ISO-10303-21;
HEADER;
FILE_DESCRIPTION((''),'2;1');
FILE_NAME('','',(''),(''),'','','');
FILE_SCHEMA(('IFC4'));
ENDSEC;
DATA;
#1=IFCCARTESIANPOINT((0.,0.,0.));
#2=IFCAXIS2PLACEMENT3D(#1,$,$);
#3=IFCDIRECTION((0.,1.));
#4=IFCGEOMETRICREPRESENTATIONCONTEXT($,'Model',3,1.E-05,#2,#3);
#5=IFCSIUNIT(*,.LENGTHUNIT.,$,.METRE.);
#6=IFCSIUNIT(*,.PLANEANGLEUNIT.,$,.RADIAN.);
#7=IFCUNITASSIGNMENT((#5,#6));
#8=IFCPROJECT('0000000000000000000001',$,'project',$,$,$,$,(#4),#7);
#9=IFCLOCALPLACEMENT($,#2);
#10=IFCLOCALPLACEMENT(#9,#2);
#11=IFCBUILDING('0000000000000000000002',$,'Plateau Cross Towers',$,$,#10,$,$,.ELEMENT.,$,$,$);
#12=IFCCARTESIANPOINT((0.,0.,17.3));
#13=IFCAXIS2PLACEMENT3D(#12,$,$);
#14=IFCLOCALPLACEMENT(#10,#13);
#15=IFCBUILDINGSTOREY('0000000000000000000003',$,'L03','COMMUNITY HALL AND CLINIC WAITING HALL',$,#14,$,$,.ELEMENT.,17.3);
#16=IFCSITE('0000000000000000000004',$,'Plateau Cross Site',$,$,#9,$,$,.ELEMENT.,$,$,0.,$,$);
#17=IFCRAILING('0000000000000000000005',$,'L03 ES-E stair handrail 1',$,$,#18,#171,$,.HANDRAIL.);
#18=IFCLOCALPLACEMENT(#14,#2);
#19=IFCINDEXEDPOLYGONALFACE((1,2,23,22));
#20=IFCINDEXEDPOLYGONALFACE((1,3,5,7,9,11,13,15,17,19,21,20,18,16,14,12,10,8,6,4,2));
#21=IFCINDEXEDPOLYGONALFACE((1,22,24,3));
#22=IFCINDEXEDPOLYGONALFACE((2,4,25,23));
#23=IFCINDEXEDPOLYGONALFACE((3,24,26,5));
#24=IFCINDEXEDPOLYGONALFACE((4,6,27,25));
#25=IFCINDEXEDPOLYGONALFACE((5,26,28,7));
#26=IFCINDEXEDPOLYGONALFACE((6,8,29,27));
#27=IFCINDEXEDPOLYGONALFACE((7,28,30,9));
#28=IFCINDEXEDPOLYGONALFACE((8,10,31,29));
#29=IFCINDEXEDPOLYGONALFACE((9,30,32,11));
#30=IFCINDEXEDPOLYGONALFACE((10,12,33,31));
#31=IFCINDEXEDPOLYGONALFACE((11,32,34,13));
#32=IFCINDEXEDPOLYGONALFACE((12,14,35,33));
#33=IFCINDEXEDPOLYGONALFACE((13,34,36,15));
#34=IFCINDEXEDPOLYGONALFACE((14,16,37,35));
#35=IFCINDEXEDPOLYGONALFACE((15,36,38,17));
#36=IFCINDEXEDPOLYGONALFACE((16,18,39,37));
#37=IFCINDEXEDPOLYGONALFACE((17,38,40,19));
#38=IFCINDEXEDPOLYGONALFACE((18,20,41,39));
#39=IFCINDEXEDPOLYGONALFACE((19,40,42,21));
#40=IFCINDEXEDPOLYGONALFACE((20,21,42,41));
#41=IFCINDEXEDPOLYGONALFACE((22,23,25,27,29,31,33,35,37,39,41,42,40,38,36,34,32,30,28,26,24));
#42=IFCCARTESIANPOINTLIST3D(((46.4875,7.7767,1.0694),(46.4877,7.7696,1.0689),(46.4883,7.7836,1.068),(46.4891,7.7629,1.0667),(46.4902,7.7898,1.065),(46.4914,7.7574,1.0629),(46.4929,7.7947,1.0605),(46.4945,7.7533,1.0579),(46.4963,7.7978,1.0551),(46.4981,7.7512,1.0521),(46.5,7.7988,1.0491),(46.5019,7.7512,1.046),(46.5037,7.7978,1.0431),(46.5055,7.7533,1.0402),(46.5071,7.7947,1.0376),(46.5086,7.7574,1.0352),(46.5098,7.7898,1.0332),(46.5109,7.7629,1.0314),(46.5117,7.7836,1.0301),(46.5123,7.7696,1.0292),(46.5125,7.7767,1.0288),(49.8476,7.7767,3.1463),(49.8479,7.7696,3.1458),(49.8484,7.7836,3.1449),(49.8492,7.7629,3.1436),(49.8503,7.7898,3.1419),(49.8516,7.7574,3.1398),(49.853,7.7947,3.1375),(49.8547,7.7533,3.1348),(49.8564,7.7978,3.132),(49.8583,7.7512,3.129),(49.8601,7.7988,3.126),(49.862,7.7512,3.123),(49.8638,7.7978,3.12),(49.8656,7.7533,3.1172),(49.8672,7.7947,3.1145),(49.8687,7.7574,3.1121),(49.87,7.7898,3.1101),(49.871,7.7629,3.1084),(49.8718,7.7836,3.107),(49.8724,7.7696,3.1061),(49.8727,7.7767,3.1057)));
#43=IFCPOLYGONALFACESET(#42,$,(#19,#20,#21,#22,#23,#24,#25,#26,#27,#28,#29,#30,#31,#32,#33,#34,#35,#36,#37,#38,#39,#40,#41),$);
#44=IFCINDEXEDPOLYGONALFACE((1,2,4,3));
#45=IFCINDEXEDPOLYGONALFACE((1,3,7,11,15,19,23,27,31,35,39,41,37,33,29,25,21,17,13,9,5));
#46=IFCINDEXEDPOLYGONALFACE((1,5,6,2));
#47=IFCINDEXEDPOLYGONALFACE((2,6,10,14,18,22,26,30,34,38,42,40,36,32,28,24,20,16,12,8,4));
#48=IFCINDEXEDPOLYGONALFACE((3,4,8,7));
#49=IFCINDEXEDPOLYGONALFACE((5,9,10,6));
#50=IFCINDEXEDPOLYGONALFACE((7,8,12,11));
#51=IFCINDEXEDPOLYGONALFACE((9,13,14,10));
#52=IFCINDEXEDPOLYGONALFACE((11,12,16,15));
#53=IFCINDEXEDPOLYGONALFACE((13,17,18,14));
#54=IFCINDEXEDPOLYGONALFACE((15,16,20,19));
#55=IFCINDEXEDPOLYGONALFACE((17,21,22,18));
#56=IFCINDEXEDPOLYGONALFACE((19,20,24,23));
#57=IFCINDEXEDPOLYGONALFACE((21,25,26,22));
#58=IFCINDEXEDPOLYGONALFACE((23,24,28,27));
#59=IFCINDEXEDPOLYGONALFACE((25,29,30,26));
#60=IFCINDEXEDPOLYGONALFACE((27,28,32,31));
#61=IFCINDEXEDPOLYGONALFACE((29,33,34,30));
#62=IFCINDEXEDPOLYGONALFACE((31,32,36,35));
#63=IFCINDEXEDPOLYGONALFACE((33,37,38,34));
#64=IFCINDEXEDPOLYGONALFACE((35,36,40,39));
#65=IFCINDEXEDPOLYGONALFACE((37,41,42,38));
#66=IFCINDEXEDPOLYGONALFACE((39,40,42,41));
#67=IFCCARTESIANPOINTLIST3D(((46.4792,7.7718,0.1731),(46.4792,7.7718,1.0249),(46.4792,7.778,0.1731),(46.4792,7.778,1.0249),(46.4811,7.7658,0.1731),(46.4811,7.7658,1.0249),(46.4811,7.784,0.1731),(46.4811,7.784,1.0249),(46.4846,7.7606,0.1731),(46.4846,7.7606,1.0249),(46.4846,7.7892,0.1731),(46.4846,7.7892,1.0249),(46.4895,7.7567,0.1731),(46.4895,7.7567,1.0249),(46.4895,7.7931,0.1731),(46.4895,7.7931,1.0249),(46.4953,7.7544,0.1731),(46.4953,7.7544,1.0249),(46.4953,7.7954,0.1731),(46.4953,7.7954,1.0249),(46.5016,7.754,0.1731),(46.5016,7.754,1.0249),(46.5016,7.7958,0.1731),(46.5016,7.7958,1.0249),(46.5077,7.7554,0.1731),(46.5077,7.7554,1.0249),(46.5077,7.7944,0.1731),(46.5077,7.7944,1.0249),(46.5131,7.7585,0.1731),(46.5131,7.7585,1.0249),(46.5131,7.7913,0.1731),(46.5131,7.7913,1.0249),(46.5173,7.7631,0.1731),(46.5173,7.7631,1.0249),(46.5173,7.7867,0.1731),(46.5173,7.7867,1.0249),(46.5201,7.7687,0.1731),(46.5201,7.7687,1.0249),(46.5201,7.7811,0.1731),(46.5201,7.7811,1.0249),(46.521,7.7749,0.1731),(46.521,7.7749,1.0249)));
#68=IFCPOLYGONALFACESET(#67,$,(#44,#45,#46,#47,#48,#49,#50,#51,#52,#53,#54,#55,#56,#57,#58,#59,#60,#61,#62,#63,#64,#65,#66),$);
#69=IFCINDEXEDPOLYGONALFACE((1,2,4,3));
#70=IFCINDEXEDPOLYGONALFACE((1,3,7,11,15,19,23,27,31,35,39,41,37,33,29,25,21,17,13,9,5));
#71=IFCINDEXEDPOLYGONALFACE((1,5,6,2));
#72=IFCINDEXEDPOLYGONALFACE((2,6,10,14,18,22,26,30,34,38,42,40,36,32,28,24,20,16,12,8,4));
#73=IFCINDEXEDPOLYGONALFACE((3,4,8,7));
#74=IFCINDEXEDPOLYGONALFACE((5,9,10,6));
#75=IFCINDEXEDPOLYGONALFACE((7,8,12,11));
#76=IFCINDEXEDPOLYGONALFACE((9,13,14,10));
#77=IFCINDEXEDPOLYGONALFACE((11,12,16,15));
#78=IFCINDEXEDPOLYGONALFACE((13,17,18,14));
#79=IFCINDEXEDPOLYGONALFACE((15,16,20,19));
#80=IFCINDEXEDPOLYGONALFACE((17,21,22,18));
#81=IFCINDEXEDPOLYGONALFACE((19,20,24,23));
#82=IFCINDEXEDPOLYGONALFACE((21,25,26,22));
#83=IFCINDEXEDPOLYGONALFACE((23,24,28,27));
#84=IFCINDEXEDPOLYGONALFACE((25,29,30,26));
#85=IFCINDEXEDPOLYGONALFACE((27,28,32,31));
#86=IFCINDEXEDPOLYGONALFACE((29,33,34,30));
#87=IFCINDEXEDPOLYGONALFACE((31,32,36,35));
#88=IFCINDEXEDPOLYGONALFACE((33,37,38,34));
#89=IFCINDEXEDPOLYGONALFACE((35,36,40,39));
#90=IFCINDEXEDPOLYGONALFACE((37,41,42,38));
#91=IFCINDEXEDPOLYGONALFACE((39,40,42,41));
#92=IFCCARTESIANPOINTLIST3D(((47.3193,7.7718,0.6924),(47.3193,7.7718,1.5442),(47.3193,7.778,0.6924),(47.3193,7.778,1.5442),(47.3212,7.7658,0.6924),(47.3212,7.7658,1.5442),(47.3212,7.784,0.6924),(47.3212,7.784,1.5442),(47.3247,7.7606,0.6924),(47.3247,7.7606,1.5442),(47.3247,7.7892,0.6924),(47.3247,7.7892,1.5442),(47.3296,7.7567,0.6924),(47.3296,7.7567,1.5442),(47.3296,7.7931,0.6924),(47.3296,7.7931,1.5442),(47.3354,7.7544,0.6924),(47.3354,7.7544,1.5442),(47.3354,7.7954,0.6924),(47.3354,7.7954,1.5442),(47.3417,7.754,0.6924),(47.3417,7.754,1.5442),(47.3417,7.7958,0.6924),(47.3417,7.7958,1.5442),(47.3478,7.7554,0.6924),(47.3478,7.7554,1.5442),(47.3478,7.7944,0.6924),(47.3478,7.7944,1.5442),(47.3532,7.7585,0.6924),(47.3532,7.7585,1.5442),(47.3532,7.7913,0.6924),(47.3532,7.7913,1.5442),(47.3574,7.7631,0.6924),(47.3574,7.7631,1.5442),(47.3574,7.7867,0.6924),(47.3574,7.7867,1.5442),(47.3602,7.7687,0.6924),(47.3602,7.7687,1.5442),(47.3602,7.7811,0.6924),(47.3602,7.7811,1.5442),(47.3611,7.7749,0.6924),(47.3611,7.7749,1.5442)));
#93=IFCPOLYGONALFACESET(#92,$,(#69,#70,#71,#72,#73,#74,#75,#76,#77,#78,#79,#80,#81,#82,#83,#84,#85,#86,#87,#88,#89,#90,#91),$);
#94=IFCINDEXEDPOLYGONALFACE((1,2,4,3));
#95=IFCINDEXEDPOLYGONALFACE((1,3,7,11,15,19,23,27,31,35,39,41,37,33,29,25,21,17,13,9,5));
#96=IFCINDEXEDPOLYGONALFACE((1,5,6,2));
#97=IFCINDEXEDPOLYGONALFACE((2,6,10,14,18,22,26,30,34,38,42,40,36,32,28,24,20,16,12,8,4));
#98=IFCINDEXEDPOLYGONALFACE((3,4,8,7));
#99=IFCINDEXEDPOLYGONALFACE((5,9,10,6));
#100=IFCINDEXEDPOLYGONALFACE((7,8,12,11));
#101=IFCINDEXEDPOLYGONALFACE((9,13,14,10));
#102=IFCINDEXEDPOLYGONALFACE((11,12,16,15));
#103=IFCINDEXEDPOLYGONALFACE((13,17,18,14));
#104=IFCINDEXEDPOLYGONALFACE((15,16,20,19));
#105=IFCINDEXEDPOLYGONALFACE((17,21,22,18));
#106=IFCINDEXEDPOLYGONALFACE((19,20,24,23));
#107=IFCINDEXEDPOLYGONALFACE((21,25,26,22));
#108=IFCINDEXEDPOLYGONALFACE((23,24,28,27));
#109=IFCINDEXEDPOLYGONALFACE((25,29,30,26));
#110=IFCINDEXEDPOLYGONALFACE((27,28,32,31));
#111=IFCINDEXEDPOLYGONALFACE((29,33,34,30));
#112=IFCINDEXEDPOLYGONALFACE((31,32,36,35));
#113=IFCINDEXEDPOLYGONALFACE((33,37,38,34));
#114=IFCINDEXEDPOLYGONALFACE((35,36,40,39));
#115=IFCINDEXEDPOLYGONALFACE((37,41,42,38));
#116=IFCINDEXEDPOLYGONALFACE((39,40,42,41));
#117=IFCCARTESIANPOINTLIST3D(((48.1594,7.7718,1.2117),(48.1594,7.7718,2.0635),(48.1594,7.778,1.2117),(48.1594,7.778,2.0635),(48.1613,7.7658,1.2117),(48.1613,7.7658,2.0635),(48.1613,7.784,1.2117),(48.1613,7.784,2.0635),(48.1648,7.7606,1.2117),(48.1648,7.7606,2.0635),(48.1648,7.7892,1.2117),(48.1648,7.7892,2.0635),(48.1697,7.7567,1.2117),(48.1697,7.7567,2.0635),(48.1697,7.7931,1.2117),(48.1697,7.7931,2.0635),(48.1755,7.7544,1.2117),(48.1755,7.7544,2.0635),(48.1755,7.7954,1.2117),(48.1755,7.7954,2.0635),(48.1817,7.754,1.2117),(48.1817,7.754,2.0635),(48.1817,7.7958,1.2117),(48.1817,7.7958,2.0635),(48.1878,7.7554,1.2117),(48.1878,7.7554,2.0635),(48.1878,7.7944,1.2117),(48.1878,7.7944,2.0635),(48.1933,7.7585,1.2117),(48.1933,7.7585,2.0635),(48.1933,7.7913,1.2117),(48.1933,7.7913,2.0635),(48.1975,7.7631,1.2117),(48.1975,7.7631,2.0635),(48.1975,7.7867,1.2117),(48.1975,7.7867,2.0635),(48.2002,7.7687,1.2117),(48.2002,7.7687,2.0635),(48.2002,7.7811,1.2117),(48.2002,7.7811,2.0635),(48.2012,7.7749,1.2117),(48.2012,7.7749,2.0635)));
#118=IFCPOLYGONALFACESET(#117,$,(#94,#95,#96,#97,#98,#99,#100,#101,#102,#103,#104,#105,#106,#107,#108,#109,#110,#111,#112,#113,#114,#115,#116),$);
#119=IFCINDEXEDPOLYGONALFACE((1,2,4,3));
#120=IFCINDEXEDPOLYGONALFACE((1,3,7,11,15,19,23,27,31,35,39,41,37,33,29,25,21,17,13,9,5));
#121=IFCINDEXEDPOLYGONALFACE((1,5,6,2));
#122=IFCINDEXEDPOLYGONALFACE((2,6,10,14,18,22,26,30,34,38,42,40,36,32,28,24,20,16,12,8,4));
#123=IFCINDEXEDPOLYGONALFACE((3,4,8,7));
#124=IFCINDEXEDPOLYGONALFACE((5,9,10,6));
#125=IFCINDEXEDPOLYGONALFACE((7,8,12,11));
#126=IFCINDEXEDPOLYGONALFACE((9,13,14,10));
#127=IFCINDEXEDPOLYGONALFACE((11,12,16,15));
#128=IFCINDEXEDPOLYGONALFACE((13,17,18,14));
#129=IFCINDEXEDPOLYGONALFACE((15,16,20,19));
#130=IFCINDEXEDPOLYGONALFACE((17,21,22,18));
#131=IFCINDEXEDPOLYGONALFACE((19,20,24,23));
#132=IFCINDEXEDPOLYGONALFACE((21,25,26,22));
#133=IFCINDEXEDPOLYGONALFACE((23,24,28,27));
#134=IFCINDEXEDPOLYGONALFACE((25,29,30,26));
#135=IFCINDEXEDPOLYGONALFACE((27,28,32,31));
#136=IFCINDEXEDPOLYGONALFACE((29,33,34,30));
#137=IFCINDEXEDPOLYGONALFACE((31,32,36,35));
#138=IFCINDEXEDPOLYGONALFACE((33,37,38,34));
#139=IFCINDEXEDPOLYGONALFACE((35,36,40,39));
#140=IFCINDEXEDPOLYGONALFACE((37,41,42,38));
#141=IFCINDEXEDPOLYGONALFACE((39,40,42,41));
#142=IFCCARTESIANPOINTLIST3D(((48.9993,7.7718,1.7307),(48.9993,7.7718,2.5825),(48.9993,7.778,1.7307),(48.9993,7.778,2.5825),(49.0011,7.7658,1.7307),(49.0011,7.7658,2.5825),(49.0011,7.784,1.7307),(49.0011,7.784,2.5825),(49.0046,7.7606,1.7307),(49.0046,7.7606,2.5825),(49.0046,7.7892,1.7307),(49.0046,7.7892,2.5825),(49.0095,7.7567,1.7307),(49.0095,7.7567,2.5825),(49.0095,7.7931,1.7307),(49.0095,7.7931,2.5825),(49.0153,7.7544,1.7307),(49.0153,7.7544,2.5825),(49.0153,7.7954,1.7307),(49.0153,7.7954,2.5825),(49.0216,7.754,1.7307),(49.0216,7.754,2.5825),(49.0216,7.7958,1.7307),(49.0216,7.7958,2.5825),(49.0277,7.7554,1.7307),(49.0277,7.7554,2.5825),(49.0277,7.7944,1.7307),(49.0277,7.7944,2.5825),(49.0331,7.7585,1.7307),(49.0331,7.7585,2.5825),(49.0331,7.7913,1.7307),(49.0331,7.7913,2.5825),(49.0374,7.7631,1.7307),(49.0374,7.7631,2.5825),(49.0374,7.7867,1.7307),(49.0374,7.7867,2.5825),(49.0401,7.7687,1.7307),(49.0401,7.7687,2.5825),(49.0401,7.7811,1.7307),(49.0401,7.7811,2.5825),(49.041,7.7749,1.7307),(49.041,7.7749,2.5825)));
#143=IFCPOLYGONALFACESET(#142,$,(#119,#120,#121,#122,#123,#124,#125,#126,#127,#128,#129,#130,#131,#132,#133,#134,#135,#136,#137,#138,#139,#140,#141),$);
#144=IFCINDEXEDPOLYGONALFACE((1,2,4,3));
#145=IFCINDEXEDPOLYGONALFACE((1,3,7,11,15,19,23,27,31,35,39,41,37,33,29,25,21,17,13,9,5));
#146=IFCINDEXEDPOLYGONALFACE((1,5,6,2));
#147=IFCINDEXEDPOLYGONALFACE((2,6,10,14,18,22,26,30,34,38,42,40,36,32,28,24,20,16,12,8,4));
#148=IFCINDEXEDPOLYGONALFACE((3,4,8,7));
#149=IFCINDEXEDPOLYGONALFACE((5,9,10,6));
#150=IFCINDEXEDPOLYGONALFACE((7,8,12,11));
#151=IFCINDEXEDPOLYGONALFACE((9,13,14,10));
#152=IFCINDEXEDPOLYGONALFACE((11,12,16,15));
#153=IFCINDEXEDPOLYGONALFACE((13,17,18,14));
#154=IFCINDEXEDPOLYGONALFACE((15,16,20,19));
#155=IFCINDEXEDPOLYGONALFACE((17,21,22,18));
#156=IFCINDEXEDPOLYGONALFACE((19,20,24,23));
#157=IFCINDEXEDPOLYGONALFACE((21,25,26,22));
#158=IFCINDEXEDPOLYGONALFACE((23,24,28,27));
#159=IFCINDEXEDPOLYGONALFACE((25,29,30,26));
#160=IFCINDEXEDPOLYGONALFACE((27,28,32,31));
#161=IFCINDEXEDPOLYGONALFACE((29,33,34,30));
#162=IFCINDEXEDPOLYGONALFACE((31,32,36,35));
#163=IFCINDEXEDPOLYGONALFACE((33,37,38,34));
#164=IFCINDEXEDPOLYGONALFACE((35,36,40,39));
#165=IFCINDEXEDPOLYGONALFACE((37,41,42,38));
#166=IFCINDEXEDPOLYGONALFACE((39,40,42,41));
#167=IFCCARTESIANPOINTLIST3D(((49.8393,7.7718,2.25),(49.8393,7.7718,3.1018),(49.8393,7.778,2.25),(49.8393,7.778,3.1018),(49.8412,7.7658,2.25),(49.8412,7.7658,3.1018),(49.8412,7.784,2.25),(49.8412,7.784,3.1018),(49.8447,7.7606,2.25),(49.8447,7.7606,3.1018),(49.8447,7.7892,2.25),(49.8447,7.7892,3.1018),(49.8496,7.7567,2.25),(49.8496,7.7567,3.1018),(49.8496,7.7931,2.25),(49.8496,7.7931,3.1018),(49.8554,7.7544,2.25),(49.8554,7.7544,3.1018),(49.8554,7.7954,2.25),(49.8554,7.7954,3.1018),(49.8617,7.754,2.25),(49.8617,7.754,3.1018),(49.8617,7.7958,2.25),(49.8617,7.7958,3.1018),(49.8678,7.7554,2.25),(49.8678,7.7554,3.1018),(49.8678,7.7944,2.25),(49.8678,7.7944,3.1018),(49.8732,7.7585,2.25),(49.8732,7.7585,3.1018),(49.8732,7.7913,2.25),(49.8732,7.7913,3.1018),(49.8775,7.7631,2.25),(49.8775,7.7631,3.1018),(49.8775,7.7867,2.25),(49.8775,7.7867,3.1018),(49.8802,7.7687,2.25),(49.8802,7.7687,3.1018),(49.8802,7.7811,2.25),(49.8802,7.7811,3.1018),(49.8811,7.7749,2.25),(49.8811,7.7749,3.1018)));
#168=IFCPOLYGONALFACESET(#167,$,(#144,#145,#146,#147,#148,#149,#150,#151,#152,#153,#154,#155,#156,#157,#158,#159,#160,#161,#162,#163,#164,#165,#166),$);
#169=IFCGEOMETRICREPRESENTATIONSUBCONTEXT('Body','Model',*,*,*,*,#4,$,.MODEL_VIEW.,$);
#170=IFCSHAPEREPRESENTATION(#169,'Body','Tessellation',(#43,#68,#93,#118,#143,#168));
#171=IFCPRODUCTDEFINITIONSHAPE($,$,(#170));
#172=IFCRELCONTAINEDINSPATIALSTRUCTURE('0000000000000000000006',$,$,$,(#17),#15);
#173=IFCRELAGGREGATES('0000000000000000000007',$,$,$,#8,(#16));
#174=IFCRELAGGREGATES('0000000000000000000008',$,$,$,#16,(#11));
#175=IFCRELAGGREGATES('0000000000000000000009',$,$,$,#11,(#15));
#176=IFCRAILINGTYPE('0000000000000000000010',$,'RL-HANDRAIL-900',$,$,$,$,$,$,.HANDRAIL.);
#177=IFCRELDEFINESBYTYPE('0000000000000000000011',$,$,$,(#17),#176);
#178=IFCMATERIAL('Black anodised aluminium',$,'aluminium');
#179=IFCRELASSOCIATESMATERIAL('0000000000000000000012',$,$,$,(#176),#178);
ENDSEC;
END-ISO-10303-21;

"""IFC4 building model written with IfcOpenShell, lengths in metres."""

from ifc_helpers import new_model, si_unit, direction, frame, origin, origin_2d, place, context, subcontext, project, spatial, circle, extrude, material, type_object, element, save


model = new_model("IFC4")

# Units and contexts
model_context = context("Model", 3, precision=1e-05, world=origin(), true_north=direction((0.0, 1.0)))
body_context = subcontext(model_context, "Body", "Model", "MODEL_VIEW")
ifc_project = project(units=[si_unit("LENGTHUNIT", "METRE"), si_unit("PLANEANGLEUNIT", "RADIAN")], contexts=[model_context])

# Site, building, storey
site_placement = place(None, origin())
site = spatial("IfcSite", under=ifc_project, at=site_placement, Name="Plateau Cross Site", CompositionType="ELEMENT", RefElevation=0.0)
building_placement = place(site_placement, origin())
building = spatial("IfcBuilding", under=site, at=building_placement, Name="Plateau Cross Towers", CompositionType="ELEMENT")
storey_placement = place(building_placement, frame((0.0, 0.0, 17.3)))
storey = spatial("IfcBuildingStorey", under=building, at=storey_placement, Name="L03", Description="COMMUNITY HALL AND CLINIC WAITING HALL", CompositionType="ELEMENT", Elevation=17.3)

# Railing
ifc_material_1 = material(Name="Black anodised aluminium", Category="aluminium")
railing_type_1 = type_object("IfcRailingType", Name="RL-HANDRAIL-900", PredefinedType="HANDRAIL", material=ifc_material_1)
railing_1_placement = place(storey_placement, frame((46.5, 7.7749, 0.1731)))
element("IfcRailing", 1, at=railing_1_placement, inside=storey, type_object=railing_type_1, Name="L03 ES-E stair handrail 1", PredefinedType="HANDRAIL", context=body_context, shape_type="SweptSolid", body=[
    extrude(circle(Radius=0.0239, at=origin_2d()), frame((0.0, 0.0, 0.876), z_axis=(0.850623, 0.0, 0.525776), x_axis=(0.0, 1.0, 0.0)), (0.0, 0.0, 1.0), 3.9502),
    extrude(circle(Radius=0.021, at=origin_2d()), origin(), (0.0, 0.0, 1.0), 0.8518),
    extrude(circle(Radius=0.021, at=origin_2d()), frame((0.8401, 0.0, 0.5193)), (0.0, 0.0, 1.0), 0.8518),
    extrude(circle(Radius=0.021, at=origin_2d()), frame((1.6802, 0.0, 1.0386)), (0.0, 0.0, 1.0), 0.8518),
    extrude(circle(Radius=0.021, at=origin_2d()), frame((2.52, 0.0, 1.5576)), (0.0, 0.0, 1.0), 0.8518),
    extrude(circle(Radius=0.021, at=origin_2d()), frame((3.3601, 0.0, 2.0769)), (0.0, 0.0, 1.0), 0.8518),
])

save(model, "model.ifc")
